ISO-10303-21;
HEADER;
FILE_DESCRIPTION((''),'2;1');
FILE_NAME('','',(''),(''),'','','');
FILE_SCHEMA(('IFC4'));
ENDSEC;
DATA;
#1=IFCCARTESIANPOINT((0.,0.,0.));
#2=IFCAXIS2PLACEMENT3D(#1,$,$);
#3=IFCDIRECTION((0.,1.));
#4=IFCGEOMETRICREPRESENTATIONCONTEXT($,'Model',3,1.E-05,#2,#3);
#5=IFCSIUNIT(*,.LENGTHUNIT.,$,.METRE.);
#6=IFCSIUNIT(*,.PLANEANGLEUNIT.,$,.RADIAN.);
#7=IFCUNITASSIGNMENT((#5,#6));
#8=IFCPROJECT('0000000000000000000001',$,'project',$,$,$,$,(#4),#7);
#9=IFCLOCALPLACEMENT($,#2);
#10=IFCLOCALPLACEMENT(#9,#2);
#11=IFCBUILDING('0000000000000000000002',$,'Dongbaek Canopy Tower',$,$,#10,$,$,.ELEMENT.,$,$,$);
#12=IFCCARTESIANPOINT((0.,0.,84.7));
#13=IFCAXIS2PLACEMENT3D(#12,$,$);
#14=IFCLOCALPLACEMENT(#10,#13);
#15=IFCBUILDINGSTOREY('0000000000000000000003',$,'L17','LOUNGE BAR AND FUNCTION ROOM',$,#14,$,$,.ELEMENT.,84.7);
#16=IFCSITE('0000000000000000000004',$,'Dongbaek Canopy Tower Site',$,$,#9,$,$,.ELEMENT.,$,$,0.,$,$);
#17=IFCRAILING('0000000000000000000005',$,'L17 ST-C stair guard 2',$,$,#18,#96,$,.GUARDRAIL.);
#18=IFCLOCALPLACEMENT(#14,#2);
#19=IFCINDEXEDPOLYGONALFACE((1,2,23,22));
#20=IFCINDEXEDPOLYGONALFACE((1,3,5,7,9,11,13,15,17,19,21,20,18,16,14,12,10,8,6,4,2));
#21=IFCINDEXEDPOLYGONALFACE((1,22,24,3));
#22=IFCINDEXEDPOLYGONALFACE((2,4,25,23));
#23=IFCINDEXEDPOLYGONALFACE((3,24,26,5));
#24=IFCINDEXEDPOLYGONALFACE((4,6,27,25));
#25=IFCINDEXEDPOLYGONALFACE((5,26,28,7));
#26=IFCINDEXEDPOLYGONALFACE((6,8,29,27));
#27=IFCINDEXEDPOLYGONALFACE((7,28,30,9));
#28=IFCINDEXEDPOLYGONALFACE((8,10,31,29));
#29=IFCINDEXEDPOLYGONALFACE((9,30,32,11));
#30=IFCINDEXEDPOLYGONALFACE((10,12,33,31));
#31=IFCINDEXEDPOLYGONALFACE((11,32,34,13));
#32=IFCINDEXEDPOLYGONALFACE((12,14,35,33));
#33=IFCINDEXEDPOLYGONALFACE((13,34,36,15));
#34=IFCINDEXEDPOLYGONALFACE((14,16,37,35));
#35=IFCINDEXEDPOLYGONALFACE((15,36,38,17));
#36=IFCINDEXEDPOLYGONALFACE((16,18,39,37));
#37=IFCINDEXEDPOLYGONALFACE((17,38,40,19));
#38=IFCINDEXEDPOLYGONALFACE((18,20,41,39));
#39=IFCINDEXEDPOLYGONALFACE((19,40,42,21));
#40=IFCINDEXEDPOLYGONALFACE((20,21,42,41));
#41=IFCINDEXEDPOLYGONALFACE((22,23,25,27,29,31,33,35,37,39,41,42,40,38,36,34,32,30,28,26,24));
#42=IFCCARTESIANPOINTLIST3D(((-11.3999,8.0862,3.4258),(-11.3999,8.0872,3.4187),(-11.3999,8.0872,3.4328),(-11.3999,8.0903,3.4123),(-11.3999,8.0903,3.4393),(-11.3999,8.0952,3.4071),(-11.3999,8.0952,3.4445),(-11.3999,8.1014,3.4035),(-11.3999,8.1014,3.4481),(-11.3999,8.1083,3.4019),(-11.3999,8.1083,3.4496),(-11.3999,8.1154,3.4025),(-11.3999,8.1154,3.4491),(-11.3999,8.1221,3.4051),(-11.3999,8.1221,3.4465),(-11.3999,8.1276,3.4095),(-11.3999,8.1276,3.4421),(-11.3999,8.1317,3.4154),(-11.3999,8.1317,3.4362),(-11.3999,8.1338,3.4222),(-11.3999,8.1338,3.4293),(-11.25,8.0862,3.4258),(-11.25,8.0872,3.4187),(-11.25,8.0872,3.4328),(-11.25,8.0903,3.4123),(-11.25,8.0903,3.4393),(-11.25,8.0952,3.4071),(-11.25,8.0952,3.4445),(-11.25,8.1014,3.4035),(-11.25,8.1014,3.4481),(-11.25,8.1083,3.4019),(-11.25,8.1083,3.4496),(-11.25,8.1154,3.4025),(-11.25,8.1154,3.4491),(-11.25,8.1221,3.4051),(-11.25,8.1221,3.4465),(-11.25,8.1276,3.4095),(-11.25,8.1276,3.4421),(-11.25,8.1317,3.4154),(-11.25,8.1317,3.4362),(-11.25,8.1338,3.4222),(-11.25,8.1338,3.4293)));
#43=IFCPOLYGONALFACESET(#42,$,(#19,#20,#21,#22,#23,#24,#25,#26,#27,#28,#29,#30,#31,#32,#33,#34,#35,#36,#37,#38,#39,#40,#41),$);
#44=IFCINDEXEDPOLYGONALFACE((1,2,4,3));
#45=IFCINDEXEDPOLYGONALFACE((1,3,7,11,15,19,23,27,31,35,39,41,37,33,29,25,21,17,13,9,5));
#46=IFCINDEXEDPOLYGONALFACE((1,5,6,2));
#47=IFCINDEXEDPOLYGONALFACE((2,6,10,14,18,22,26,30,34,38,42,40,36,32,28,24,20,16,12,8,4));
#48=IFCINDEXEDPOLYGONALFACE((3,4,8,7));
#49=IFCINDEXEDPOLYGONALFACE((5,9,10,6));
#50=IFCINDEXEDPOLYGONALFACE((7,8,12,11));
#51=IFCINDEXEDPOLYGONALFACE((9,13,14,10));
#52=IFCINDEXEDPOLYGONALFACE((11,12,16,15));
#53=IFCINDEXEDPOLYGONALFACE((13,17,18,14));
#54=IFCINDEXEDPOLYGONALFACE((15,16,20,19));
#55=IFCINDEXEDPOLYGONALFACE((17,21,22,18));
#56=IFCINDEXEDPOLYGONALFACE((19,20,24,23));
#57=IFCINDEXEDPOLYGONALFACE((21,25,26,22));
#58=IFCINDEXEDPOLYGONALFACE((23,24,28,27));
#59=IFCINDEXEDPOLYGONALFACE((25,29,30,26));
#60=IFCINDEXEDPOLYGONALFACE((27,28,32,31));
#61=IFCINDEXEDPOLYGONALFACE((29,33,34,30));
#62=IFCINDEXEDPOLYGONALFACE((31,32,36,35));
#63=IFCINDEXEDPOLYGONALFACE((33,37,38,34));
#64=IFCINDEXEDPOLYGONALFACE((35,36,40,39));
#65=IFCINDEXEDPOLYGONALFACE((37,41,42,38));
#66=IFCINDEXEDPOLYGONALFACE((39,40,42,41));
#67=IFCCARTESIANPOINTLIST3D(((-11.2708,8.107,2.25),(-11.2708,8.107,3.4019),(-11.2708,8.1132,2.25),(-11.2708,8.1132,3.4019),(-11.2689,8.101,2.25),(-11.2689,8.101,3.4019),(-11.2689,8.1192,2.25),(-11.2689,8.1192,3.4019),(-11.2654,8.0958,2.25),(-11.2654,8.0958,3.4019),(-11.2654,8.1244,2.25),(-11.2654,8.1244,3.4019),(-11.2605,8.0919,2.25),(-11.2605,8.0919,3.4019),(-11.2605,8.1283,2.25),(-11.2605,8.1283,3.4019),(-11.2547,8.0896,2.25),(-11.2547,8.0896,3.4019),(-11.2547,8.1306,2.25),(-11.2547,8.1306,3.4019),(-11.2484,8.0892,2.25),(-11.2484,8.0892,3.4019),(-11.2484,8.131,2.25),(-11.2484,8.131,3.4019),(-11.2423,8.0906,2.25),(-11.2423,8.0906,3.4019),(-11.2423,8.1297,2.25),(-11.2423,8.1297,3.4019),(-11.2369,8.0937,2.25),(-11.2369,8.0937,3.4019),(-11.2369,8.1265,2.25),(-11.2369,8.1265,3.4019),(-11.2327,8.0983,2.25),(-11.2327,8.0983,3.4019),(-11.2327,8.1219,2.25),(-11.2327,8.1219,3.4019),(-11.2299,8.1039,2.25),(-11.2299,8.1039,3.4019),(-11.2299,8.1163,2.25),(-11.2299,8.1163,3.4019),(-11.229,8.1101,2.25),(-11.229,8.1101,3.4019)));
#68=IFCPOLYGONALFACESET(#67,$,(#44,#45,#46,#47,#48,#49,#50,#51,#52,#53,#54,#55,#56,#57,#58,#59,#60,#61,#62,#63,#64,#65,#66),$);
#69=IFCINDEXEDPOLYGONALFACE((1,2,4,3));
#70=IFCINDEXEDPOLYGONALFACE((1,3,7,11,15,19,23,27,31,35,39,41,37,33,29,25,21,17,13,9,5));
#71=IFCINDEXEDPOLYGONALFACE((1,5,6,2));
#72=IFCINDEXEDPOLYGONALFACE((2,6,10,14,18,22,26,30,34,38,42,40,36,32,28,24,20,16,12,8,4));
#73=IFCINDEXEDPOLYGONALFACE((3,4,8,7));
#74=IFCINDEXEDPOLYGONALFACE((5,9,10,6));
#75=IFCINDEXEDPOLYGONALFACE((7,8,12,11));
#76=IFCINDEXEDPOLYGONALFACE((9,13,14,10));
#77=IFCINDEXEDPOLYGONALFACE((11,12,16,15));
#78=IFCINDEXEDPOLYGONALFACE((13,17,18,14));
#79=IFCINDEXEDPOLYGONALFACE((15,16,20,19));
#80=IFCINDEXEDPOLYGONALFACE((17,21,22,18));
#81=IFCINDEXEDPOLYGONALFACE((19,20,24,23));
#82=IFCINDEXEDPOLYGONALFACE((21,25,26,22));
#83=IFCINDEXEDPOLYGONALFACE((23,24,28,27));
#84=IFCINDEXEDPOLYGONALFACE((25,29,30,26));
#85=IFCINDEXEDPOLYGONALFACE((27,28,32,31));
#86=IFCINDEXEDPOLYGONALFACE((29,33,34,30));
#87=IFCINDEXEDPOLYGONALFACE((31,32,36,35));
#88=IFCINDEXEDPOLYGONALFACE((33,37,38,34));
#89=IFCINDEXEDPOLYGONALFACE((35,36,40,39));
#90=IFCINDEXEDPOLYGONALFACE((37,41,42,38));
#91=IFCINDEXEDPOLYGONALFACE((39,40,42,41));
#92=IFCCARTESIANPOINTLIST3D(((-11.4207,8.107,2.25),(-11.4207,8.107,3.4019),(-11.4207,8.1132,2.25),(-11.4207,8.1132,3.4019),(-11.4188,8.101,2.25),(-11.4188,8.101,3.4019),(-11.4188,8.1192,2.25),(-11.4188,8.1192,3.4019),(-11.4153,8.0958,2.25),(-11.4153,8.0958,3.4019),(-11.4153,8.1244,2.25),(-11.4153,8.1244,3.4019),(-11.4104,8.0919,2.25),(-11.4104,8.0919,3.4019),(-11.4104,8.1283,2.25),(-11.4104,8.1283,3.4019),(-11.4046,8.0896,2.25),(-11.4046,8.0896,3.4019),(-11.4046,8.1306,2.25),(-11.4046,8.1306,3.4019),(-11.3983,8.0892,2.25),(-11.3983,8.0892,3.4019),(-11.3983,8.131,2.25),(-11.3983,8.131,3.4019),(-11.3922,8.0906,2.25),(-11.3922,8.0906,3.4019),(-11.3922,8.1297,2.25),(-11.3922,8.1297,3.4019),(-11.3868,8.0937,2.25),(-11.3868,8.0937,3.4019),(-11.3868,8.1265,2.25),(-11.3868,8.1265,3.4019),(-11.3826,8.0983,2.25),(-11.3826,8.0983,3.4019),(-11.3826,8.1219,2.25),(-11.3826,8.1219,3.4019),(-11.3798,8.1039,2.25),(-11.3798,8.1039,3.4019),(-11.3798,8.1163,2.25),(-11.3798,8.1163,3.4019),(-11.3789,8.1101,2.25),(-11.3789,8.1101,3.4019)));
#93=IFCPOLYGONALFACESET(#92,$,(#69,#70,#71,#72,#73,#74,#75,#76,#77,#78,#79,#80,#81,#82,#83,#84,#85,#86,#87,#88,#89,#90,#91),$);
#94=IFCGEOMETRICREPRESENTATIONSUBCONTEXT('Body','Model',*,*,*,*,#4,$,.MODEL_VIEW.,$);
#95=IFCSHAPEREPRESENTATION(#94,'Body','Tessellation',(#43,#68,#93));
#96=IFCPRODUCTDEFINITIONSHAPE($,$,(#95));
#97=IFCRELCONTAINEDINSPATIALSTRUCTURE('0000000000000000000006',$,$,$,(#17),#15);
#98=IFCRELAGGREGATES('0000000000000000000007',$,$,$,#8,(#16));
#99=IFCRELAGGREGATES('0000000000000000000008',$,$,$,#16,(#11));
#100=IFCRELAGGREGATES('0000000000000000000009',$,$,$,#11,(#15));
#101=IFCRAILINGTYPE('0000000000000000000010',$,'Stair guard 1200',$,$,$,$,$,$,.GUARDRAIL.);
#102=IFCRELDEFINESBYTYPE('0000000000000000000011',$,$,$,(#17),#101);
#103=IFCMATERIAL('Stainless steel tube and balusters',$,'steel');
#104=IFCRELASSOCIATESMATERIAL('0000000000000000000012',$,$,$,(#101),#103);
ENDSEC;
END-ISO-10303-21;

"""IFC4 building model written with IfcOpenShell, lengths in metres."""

from ifc_helpers import new_model, si_unit, direction, frame, origin, origin_2d, place, context, subcontext, project, spatial, circle, extrude, material, type_object, element, save


model = new_model("IFC4")

# Units and contexts
model_context = context("Model", 3, precision=1e-05, world=origin(), true_north=direction((0.0, 1.0)))
body_context = subcontext(model_context, "Body", "Model", "MODEL_VIEW")
ifc_project = project(units=[si_unit("LENGTHUNIT", "METRE"), si_unit("PLANEANGLEUNIT", "RADIAN")], contexts=[model_context])

# Site, building, storey
site_placement = place(None, origin())
site = spatial("IfcSite", under=ifc_project, at=site_placement, Name="Dongbaek Canopy Tower Site", CompositionType="ELEMENT", RefElevation=0.0)
building_placement = place(site_placement, origin())
building = spatial("IfcBuilding", under=site, at=building_placement, Name="Dongbaek Canopy Tower", CompositionType="ELEMENT")
storey_placement = place(building_placement, frame((0.0, 0.0, 84.7)))
storey = spatial("IfcBuildingStorey", under=building, at=storey_placement, Name="L17", Description="LOUNGE BAR AND FUNCTION ROOM", CompositionType="ELEMENT", Elevation=84.7)

# Railing
ifc_material_1 = material(Name="Stainless steel tube and balusters", Category="steel")
railing_type = type_object("IfcRailingType", Name="Stair guard 1200", PredefinedType="GUARDRAIL", material=ifc_material_1)
railing_1_placement = place(storey_placement, frame((-11.25, 8.1101, 2.25)))
element("IfcRailing", 1, at=railing_1_placement, inside=storey, type_object=railing_type, Name="L17 ST-C stair guard 2", PredefinedType="GUARDRAIL", context=body_context, shape_type="SweptSolid", body=[
    extrude(circle(Radius=0.0239, at=origin_2d()), frame((0.0, 0.0, 1.1758), z_axis=(-1.0, 0.0, 0.0), x_axis=(0.0, -1.0, 0.0)), (0.0, 0.0, 1.0), 0.1499),
    extrude(circle(Radius=0.021, at=origin_2d()), origin(), (0.0, 0.0, 1.0), 1.1519),
    extrude(circle(Radius=0.021, at=origin_2d()), frame((-0.1499, 0.0, 0.0)), (0.0, 0.0, 1.0), 1.1519),
])

save(model, "model.ifc")
